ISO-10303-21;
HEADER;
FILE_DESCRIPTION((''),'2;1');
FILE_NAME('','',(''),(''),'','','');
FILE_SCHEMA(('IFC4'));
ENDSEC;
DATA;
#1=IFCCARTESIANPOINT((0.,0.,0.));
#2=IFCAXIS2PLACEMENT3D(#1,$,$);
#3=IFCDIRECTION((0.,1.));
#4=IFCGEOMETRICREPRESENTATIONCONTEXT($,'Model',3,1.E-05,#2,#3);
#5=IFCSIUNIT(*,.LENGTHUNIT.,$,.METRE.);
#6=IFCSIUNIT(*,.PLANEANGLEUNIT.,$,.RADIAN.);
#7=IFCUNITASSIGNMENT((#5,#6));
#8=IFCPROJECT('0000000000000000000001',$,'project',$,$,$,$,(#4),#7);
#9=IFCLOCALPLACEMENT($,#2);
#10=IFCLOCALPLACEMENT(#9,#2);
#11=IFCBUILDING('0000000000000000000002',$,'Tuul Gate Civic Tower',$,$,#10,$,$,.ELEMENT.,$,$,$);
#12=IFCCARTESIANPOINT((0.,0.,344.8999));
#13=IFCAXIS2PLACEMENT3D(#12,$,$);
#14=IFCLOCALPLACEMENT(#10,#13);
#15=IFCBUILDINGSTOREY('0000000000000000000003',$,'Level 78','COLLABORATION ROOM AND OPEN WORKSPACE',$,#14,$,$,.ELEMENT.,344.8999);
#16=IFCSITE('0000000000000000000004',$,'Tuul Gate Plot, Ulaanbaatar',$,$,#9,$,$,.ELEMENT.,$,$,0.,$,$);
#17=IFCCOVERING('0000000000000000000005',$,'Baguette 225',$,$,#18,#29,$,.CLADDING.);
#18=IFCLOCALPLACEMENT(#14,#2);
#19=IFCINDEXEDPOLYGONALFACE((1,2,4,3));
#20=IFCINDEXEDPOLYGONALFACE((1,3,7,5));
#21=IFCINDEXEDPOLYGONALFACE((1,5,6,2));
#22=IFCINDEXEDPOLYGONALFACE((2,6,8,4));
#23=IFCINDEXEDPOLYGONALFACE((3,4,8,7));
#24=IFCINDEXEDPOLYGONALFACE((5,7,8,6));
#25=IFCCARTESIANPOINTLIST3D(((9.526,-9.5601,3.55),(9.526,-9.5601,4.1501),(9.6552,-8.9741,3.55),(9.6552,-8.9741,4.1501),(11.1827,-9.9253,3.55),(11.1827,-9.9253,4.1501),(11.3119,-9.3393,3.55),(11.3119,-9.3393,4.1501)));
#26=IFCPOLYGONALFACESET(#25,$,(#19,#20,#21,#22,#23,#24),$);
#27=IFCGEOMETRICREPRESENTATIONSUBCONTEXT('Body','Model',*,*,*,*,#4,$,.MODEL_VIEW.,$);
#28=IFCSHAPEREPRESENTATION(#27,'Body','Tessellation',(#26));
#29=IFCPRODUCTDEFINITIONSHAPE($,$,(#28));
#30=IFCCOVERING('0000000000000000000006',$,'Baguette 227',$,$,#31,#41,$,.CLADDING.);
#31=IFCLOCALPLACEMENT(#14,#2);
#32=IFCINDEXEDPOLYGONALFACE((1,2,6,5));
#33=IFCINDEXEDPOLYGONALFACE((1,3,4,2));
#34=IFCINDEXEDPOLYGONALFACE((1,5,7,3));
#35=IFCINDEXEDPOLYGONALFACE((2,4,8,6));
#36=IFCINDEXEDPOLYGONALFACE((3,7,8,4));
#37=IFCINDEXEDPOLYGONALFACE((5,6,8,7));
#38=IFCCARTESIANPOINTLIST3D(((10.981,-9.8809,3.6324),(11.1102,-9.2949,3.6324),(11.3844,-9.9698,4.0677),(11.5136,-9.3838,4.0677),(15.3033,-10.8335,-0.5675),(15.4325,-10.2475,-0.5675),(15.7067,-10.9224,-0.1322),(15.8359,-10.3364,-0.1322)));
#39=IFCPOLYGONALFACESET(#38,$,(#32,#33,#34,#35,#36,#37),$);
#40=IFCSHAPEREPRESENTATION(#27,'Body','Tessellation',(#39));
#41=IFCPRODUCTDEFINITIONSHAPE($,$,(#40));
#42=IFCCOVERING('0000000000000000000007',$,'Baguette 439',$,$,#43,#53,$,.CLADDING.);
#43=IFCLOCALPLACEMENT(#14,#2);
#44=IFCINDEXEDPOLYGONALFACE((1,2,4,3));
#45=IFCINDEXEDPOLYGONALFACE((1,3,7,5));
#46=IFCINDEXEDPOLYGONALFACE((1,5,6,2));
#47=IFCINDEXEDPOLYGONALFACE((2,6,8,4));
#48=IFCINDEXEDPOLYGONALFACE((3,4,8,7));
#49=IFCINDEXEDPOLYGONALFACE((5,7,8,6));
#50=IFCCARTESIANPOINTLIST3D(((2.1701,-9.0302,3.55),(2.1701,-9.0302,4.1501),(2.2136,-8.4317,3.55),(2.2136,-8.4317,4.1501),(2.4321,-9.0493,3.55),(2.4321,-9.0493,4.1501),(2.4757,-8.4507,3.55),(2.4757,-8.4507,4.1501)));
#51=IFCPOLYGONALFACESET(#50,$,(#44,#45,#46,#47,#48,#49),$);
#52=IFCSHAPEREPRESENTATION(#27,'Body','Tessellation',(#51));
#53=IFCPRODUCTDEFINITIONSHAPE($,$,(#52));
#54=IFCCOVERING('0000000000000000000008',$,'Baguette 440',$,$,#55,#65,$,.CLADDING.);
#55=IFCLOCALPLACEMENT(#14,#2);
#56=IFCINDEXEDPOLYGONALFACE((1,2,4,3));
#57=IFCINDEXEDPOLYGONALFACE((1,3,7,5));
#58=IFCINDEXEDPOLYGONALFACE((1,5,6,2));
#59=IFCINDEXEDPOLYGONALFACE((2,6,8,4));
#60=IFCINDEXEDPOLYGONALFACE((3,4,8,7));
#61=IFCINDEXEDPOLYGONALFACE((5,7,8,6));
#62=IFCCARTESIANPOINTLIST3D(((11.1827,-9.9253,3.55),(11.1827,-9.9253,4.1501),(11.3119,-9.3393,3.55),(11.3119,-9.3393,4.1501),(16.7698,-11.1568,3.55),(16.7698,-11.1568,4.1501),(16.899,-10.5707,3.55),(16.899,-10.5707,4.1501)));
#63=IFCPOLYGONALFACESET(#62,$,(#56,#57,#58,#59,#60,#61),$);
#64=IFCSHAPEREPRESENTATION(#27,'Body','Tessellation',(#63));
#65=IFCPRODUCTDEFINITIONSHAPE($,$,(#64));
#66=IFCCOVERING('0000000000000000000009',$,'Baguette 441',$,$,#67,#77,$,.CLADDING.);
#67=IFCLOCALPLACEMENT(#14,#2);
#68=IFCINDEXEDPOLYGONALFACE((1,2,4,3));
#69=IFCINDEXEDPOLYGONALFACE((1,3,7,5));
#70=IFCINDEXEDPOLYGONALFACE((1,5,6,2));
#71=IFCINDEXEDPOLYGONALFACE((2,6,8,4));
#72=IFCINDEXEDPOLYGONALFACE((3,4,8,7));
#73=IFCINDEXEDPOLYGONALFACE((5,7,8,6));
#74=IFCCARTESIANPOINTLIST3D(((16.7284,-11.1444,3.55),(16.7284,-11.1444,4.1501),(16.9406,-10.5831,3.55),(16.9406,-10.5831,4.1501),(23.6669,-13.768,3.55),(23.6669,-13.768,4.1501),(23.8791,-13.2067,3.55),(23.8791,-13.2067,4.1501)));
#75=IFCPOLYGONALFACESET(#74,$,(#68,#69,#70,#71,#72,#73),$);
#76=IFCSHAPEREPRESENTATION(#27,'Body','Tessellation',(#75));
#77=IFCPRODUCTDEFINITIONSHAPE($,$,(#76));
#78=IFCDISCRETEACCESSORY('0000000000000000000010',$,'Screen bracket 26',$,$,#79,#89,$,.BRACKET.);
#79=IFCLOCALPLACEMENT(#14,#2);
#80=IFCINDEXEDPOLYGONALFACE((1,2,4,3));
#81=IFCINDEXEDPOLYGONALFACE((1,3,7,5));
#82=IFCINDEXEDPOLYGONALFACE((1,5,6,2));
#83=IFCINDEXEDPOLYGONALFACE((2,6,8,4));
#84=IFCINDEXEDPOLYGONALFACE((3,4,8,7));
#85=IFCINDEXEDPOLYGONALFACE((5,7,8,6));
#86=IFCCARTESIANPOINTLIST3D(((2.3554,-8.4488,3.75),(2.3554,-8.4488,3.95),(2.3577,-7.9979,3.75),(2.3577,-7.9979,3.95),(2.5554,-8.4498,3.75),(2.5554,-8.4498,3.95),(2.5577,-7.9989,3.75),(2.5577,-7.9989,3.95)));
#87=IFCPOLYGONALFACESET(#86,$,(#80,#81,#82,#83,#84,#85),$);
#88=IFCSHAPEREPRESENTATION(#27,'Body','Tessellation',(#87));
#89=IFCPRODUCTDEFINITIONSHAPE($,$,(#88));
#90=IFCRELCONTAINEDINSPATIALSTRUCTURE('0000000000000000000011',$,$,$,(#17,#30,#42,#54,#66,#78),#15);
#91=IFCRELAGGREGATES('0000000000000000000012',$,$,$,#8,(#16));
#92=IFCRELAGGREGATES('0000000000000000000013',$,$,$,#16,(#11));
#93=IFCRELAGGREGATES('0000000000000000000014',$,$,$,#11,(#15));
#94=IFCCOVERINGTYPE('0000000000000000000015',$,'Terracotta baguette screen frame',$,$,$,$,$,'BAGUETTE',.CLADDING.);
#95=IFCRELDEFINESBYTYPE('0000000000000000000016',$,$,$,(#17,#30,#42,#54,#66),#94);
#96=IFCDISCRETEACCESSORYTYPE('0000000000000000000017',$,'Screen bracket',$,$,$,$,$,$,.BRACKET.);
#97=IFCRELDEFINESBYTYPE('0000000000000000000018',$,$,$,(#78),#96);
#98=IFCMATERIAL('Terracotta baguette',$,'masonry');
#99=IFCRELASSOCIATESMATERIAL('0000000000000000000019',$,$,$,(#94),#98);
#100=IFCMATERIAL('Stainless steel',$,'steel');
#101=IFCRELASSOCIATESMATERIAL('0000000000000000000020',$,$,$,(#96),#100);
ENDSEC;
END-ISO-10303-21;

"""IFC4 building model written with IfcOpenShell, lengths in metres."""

from ifc_helpers import new_model, si_unit, direction, frame, origin, origin_2d, place, context, subcontext, project, spatial, rectangle, extrude, material, material_profile, profile_set, type_object, element, save


model = new_model("IFC4")

# Units and contexts
model_context = context("Model", 3, precision=1e-05, world=origin(), true_north=direction((0.0, 1.0)))
body_context = subcontext(model_context, "Body", "Model", "MODEL_VIEW")
ifc_project = project(units=[si_unit("LENGTHUNIT", "METRE"), si_unit("PLANEANGLEUNIT", "RADIAN")], contexts=[model_context])

# Site, building, storey
site_placement = place(None, origin())
site = spatial("IfcSite", under=ifc_project, at=site_placement, Name="Tuul Gate Plot, Ulaanbaatar", CompositionType="ELEMENT", RefElevation=0.0)
building_placement = place(site_placement, origin())
building = spatial("IfcBuilding", under=site, at=building_placement, Name="Tuul Gate Civic Tower", CompositionType="ELEMENT")
storey_placement = place(building_placement, frame((0.0, 0.0, 344.8999)))
storey = spatial("IfcBuildingStorey", under=building, at=storey_placement, Name="Level 78", Description="COLLABORATION ROOM AND OPEN WORKSPACE", CompositionType="ELEMENT", Elevation=344.8999)

# Coverings
ifc_material_1 = material(Name="Terracotta baguette", Category="masonry")
ifc_material_profile_1 = material_profile(ifc_material_1, rectangle(XDim=0.6001, YDim=0.6001, at=origin_2d()), Name="Terracotta baguette screen frame")
ifc_profile_set_1 = profile_set([ifc_material_profile_1], Name="Terracotta baguette")
covering_type = type_object("IfcCoveringType", Name="Terracotta baguette screen frame", ElementType="BAGUETTE", PredefinedType="CLADDING", material=ifc_profile_set_1)
covering_1_placement = place(storey_placement, frame((9.5906, -9.2671, 3.8501), z_axis=(0.976551, -0.215285, 0.0), x_axis=(0.215285, 0.976551, 0.0)))
element("IfcCovering", 1, at=covering_1_placement, inside=storey, type_object=covering_type, Name="Baguette 225", PredefinedType="CLADDING", context=body_context, shape_type="SweptSolid", body=[
    extrude(rectangle(XDim=0.6001, YDim=0.6001, at=origin_2d()), origin(), (0.0, 0.0, 1.0), 1.6965),
])
covering_2_placement = place(storey_placement, frame((11.2473, -9.6323, 3.8501), z_axis=(0.708386, -0.15613, -0.68834), x_axis=(0.215236, 0.976562, 0.0)))
element("IfcCovering", 2, at=covering_2_placement, inside=storey, type_object=covering_type, Name="Baguette 227", PredefinedType="CLADDING", context=body_context, shape_type="SweptSolid", body=[
    extrude(rectangle(XDim=0.6001, YDim=0.6001, at=origin_2d()), origin(), (0.0, 0.0, 1.0), 6.1016),
])
covering_3_placement = place(storey_placement, frame((2.1919, -8.731, 3.8501), z_axis=(0.997368, -0.072502, 0.0), x_axis=(0.072502, 0.997368, 0.0)))
element("IfcCovering", 3, at=covering_3_placement, inside=storey, type_object=covering_type, Name="Baguette 439", PredefinedType="CLADDING", context=body_context, shape_type="SweptSolid", body=[
    extrude(rectangle(XDim=0.6001, YDim=0.6001, at=origin_2d()), origin(), (0.0, 0.0, 1.0), 0.2627),
])
covering_4_placement = place(storey_placement, frame((11.2473, -9.6323, 3.8501), z_axis=(0.976561, -0.21524, 0.0), x_axis=(0.21524, 0.976561, 0.0)))
element("IfcCovering", 4, at=covering_4_placement, inside=storey, type_object=covering_type, Name="Baguette 440", PredefinedType="CLADDING", context=body_context, shape_type="SweptSolid", body=[
    extrude(rectangle(XDim=0.6001, YDim=0.6001, at=origin_2d()), origin(), (0.0, 0.0, 1.0), 5.7212),
])
covering_5_placement = place(storey_placement, frame((16.8345, -10.8638, 3.8501), z_axis=(0.935368, -0.353676, 0.0), x_axis=(0.353676, 0.935368, 0.0)))
element("IfcCovering", 5, at=covering_5_placement, inside=storey, type_object=covering_type, Name="Baguette 441", PredefinedType="CLADDING", context=body_context, shape_type="SweptSolid", body=[
    extrude(rectangle(XDim=0.6001, YDim=0.6001, at=origin_2d()), origin(), (0.0, 0.0, 1.0), 7.418),
])

# Discrete accessory
ifc_material_2 = material(Name="Stainless steel", Category="steel")
discrete_accessory_type = type_object("IfcDiscreteAccessoryType", Name="Screen bracket", PredefinedType="BRACKET", material=ifc_material_2)
discrete_accessory_placement = place(storey_placement, frame((2.4565, -8.2239, 3.75), z_axis=(0.0, 0.0, 1.0), x_axis=(-0.005105, -0.999987, 0.0)))
element("IfcDiscreteAccessory", 6, at=discrete_accessory_placement, inside=storey, type_object=discrete_accessory_type, Name="Screen bracket 26", PredefinedType="BRACKET", context=body_context, shape_type="SweptSolid", body=[
    extrude(rectangle(XDim=0.4509, YDim=0.2, at=origin_2d()), origin(), (0.0, 0.0, 1.0), 0.2),
])

save(model, "model.ifc")
